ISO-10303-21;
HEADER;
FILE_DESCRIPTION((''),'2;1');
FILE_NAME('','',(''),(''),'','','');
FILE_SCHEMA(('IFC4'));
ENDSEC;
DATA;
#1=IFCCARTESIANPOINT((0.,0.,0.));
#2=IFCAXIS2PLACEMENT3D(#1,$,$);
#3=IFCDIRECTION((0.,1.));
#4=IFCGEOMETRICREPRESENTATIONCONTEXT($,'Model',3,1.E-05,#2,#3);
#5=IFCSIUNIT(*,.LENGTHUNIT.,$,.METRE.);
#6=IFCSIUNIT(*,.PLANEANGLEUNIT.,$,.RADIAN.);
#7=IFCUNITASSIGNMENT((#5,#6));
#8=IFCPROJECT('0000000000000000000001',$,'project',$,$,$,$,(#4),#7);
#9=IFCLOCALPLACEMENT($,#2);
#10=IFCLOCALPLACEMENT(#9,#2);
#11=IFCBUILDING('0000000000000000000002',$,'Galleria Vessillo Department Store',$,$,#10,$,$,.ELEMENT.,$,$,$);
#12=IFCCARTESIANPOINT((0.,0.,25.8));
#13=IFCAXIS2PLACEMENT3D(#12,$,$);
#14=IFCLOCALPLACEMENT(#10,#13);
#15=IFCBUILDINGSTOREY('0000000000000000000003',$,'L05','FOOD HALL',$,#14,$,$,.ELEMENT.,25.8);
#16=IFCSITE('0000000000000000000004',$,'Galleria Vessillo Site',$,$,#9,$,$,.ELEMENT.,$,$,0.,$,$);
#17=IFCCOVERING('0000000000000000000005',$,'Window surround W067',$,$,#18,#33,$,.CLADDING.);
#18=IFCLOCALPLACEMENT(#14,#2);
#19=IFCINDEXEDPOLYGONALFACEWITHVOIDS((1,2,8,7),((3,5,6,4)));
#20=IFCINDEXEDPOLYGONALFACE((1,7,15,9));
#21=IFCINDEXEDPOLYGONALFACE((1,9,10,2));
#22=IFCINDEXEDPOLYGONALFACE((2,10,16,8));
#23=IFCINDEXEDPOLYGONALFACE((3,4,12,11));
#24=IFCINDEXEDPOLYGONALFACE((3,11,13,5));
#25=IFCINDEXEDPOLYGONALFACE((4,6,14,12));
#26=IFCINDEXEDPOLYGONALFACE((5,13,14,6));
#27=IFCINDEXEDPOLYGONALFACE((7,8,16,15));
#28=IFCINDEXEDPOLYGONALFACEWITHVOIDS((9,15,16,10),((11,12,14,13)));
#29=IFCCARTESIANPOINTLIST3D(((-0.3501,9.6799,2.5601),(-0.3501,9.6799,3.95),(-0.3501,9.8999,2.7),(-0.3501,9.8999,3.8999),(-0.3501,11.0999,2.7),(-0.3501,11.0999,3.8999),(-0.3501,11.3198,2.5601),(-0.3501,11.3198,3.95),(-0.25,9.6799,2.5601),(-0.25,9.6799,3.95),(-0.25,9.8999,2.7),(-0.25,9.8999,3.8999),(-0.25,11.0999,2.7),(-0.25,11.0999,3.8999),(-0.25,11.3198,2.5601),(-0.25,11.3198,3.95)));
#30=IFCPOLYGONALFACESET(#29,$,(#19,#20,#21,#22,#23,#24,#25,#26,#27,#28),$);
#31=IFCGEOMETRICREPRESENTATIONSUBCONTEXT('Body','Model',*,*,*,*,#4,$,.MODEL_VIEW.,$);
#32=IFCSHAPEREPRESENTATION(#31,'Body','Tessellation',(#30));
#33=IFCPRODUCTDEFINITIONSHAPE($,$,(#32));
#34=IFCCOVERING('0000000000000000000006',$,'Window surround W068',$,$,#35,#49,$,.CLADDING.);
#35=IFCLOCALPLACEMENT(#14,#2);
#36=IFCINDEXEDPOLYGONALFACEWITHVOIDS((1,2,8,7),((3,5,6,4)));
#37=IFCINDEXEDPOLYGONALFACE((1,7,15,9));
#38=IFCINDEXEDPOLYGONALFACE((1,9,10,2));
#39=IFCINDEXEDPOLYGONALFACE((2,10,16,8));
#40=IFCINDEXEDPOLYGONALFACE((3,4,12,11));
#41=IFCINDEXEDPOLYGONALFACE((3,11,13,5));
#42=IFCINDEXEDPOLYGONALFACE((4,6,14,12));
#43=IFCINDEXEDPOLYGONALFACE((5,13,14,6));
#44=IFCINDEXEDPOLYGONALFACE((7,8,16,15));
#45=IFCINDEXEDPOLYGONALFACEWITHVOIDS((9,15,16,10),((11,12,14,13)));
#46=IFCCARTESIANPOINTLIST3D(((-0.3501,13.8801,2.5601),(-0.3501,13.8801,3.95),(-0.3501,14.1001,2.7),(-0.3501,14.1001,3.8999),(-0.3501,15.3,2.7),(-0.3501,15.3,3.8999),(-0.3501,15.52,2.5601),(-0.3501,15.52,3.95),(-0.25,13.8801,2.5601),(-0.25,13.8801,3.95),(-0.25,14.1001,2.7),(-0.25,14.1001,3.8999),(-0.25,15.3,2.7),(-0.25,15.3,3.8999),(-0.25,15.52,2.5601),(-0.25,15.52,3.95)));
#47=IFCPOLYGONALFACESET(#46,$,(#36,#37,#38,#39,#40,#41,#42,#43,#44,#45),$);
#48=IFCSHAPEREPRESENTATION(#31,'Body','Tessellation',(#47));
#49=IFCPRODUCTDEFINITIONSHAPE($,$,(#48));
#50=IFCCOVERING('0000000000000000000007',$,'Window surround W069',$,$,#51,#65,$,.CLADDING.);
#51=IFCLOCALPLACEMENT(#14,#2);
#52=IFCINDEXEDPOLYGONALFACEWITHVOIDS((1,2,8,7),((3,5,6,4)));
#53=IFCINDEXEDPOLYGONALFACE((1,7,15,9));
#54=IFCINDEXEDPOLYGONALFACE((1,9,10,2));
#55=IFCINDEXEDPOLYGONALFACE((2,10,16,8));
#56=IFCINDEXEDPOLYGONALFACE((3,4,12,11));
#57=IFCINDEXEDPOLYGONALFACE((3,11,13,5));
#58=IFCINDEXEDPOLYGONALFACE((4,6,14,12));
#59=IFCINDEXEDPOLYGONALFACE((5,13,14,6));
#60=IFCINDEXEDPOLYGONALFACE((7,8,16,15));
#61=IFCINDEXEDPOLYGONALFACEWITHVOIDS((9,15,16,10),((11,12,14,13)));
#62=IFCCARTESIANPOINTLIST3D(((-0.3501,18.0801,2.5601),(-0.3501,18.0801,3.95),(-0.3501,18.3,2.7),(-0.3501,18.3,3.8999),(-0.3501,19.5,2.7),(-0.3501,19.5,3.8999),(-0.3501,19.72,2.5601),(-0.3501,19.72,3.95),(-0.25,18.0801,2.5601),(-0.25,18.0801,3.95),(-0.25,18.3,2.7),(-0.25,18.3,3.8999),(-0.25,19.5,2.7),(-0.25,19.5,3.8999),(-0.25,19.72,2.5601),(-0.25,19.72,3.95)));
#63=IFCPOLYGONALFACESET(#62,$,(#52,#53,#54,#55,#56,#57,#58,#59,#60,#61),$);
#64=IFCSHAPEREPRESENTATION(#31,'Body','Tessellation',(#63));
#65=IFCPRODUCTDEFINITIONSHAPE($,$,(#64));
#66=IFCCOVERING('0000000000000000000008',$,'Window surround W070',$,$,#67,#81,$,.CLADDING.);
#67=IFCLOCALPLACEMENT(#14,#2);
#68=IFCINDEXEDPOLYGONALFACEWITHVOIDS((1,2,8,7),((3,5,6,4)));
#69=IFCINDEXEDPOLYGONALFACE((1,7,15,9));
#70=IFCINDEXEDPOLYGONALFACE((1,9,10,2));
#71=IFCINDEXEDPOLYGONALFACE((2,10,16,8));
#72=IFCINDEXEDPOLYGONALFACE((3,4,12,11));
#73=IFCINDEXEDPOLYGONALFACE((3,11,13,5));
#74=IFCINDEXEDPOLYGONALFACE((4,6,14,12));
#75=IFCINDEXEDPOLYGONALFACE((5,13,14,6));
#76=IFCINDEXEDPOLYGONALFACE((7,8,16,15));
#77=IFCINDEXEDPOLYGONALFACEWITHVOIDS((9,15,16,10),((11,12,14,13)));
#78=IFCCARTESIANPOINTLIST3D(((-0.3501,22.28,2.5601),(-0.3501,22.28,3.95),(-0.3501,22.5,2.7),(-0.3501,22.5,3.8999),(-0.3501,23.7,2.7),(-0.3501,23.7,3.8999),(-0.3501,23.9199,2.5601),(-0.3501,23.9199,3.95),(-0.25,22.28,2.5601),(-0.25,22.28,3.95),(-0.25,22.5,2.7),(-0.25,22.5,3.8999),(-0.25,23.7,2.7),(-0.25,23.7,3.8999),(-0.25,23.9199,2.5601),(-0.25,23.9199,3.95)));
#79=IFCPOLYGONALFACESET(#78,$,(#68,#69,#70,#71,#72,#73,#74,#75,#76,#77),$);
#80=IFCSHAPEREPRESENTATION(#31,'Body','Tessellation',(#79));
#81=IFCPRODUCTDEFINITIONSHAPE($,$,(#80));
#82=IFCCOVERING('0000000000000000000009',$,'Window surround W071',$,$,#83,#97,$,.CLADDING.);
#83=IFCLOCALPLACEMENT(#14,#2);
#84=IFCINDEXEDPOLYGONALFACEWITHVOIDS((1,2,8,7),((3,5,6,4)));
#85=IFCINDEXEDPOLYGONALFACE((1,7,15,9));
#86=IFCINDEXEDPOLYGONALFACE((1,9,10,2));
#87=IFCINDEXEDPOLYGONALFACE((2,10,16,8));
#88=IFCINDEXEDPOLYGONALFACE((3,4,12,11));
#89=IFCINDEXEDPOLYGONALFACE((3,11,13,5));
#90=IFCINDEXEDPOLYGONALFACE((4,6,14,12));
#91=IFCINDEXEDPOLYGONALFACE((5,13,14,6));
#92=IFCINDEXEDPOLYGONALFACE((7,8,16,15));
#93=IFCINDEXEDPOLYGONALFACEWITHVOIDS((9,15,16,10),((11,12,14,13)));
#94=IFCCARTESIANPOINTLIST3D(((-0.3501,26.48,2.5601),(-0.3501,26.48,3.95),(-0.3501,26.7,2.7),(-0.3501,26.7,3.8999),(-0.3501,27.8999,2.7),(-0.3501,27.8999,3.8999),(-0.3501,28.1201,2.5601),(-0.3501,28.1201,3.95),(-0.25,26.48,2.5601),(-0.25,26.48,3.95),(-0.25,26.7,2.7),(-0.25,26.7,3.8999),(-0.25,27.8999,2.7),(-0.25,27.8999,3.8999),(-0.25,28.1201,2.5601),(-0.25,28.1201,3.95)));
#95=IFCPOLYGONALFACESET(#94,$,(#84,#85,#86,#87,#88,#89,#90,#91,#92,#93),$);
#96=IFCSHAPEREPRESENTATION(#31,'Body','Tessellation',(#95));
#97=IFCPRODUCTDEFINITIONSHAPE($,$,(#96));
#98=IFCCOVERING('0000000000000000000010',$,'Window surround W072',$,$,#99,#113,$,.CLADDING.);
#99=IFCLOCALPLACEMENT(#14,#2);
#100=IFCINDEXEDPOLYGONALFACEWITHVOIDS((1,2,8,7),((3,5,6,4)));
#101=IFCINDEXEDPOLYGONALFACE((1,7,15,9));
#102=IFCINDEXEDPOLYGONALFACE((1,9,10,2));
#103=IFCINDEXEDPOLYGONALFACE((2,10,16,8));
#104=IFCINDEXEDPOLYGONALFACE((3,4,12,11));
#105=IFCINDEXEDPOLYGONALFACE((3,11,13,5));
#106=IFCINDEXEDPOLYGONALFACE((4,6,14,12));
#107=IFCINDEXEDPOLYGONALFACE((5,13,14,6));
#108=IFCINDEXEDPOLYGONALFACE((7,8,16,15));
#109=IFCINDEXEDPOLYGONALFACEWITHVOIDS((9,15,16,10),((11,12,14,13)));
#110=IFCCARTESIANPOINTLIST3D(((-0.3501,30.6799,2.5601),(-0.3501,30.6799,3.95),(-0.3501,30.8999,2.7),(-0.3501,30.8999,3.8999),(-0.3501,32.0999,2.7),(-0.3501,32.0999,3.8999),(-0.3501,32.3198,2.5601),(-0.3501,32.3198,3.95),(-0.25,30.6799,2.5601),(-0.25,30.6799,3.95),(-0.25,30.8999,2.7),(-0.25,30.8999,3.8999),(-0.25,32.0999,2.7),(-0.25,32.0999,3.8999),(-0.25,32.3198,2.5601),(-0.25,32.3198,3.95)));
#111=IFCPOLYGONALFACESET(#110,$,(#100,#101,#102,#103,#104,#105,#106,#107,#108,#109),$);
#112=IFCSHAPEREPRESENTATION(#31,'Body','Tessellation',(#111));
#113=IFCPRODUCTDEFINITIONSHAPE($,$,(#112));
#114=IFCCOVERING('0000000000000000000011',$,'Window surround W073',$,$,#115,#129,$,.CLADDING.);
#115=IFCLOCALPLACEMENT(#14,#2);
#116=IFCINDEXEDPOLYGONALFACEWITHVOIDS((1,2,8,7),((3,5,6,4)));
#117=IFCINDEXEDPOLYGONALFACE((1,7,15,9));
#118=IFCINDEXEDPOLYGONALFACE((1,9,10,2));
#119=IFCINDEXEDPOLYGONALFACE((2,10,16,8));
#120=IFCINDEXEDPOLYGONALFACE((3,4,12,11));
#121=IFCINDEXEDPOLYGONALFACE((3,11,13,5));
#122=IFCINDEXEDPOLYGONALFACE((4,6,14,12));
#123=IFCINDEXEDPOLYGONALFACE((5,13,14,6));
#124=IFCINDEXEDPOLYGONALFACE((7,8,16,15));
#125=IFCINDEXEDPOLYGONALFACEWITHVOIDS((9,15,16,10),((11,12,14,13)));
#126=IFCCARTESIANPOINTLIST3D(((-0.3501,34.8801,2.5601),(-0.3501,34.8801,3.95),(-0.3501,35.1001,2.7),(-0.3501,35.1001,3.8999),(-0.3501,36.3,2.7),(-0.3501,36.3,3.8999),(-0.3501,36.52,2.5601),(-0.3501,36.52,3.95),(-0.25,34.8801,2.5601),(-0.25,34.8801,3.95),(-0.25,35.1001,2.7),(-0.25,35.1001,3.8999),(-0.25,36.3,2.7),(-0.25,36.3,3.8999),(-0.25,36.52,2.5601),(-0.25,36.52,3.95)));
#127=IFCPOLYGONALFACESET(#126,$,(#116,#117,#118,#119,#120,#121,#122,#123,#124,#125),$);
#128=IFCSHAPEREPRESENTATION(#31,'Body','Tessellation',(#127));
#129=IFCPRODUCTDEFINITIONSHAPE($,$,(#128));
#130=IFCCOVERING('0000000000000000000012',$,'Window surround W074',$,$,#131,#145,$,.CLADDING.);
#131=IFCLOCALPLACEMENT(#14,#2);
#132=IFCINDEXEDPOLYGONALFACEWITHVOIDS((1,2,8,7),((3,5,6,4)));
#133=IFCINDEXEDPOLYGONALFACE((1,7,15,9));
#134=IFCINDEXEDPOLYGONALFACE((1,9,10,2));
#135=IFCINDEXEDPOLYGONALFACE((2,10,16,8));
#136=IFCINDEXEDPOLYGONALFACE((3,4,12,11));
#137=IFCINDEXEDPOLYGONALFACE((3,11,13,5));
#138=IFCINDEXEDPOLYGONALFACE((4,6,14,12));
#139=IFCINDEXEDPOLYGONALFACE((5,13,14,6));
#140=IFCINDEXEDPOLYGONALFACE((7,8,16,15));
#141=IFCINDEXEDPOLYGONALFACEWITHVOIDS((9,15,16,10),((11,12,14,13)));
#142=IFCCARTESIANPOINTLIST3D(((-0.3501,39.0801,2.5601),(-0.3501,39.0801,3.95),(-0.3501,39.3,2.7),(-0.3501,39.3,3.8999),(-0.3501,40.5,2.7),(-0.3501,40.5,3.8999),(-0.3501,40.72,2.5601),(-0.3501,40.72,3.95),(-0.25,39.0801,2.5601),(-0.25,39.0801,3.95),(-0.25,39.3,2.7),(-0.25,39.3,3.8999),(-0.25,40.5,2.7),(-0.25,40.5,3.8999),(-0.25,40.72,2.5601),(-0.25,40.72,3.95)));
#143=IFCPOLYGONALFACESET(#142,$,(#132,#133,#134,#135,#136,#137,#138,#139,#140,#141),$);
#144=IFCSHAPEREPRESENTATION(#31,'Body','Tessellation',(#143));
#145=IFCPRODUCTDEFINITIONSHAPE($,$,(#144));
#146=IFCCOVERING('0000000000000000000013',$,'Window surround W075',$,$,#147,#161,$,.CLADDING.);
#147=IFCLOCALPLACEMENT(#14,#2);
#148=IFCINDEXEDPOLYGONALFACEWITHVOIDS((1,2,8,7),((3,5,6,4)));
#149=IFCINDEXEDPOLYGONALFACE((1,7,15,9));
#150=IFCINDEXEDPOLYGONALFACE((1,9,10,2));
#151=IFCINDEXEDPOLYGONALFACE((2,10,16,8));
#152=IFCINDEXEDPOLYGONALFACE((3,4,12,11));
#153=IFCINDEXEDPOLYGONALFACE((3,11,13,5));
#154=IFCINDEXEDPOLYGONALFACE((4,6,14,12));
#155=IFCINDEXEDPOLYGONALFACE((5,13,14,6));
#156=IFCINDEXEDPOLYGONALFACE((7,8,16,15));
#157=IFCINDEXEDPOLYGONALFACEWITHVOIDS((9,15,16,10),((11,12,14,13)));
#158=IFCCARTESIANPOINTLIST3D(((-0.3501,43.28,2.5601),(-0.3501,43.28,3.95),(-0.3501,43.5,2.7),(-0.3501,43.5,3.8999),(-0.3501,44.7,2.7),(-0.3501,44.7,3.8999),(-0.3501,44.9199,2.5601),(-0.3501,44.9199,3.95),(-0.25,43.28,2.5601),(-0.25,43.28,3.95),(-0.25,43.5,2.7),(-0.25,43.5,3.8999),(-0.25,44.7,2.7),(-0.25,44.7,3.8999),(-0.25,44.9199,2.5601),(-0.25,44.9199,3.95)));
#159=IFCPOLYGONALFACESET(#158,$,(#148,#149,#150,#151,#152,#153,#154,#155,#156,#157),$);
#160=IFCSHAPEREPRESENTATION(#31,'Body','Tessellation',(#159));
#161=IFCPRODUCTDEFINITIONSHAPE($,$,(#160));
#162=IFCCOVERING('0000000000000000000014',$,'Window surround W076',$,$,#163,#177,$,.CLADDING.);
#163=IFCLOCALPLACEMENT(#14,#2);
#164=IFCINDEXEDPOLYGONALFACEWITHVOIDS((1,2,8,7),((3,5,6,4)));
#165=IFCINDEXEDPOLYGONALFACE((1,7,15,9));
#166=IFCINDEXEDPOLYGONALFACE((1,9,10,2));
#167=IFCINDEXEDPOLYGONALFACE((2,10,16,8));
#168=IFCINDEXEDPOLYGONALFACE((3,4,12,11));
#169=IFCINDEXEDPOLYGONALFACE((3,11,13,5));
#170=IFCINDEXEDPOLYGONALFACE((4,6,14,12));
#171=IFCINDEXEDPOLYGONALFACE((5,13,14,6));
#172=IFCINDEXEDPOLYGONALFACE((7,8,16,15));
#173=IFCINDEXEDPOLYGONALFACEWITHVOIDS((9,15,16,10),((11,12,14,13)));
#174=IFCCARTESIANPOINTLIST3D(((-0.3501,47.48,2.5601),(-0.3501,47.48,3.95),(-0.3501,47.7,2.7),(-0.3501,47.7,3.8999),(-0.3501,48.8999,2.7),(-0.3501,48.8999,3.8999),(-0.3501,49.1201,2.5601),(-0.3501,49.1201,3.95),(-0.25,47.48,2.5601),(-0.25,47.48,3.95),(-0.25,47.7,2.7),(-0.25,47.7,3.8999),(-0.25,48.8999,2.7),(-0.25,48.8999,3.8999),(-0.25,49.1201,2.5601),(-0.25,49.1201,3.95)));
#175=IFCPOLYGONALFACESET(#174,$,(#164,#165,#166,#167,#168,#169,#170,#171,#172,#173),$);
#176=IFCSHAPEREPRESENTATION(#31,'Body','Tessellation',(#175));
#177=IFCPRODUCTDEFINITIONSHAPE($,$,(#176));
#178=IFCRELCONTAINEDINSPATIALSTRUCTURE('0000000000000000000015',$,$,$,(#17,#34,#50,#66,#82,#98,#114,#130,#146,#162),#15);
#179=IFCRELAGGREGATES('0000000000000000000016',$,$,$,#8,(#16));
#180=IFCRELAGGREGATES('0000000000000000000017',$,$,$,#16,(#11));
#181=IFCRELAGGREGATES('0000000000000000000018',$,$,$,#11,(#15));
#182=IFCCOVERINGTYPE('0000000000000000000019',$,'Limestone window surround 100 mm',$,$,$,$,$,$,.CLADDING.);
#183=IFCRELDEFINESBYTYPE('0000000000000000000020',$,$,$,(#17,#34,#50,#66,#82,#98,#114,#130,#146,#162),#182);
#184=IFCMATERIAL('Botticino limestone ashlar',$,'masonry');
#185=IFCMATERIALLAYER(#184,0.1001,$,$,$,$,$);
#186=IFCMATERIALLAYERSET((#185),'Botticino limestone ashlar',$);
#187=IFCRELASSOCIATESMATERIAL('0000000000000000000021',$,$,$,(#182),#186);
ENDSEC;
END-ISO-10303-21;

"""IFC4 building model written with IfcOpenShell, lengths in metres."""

from ifc_helpers import new_model, si_unit, direction, frame, origin, place, context, subcontext, project, spatial, polyline, outline, extrude, material, layer, layer_set, type_object, element, save


model = new_model("IFC4")

# Units and contexts
model_context = context("Model", 3, precision=1e-05, world=origin(), true_north=direction((0.0, 1.0)))
body_context = subcontext(model_context, "Body", "Model", "MODEL_VIEW")
ifc_project = project(units=[si_unit("LENGTHUNIT", "METRE"), si_unit("PLANEANGLEUNIT", "RADIAN")], contexts=[model_context])

# Site, building, storey
site_placement = place(None, origin())
site = spatial("IfcSite", under=ifc_project, at=site_placement, Name="Galleria Vessillo Site", CompositionType="ELEMENT", RefElevation=0.0)
building_placement = place(site_placement, origin())
building = spatial("IfcBuilding", under=site, at=building_placement, Name="Galleria Vessillo Department Store", CompositionType="ELEMENT")
storey_placement = place(building_placement, frame((0.0, 0.0, 25.8)))
storey = spatial("IfcBuildingStorey", under=building, at=storey_placement, Name="L05", Description="FOOD HALL", CompositionType="ELEMENT", Elevation=25.8)

# Coverings
ifc_material_1 = material(Name="Botticino limestone ashlar", Category="masonry")
ifc_layer_1 = layer(ifc_material_1, 0.1001)
ifc_layer_set_1 = layer_set([ifc_layer_1], Name="Botticino limestone ashlar")
covering_type_1 = type_object("IfcCoveringType", Name="Limestone window surround 100 mm", PredefinedType="CLADDING", material=ifc_layer_set_1)
covering_1_placement = place(storey_placement, frame((-0.25, 0.0, 2.7), z_axis=(-1.0, 0.0, 0.0), x_axis=(0.0, -1.0, 0.0)))
element("IfcCovering", 1, at=covering_1_placement, inside=storey, type_object=covering_type_1, Name="Window surround W067", PredefinedType="CLADDING", context=body_context, shape_type="SweptSolid", body=[
    extrude(outline(polyline([(-9.6799, 1.25), (-11.3198, 1.25), (-11.3198, -0.1399), (-9.6799, -0.1399), (-9.6799, 1.25)]), holes=[polyline([(-9.8999, 1.2), (-11.0999, 1.2), (-11.0999, 0.0), (-9.8999, 0.0), (-9.8999, 1.2)])]), origin(), (0.0, 0.0, 1.0), 0.1001),
])
covering_2_placement = place(storey_placement, frame((-0.25, 0.0, 2.7), z_axis=(-1.0, 0.0, 0.0), x_axis=(0.0, -1.0, 0.0)))
element("IfcCovering", 2, at=covering_2_placement, inside=storey, type_object=covering_type_1, Name="Window surround W068", PredefinedType="CLADDING", context=body_context, shape_type="SweptSolid", body=[
    extrude(outline(polyline([(-13.8801, 1.25), (-15.52, 1.25), (-15.52, -0.1399), (-13.8801, -0.1399), (-13.8801, 1.25)]), holes=[polyline([(-14.1001, 1.2), (-15.3, 1.2), (-15.3, 0.0), (-14.1001, 0.0), (-14.1001, 1.2)])]), origin(), (0.0, 0.0, 1.0), 0.1001),
])
covering_3_placement = place(storey_placement, frame((-0.25, 0.0, 2.7), z_axis=(-1.0, 0.0, 0.0), x_axis=(0.0, -1.0, 0.0)))
element("IfcCovering", 3, at=covering_3_placement, inside=storey, type_object=covering_type_1, Name="Window surround W069", PredefinedType="CLADDING", context=body_context, shape_type="SweptSolid", body=[
    extrude(outline(polyline([(-18.0801, 1.25), (-19.72, 1.25), (-19.72, -0.1399), (-18.0801, -0.1399), (-18.0801, 1.25)]), holes=[polyline([(-18.3, 1.2), (-19.5, 1.2), (-19.5, 0.0), (-18.3, 0.0), (-18.3, 1.2)])]), origin(), (0.0, 0.0, 1.0), 0.1001),
])
covering_4_placement = place(storey_placement, frame((-0.25, 0.0, 2.7), z_axis=(-1.0, 0.0, 0.0), x_axis=(0.0, -1.0, 0.0)))
element("IfcCovering", 4, at=covering_4_placement, inside=storey, type_object=covering_type_1, Name="Window surround W070", PredefinedType="CLADDING", context=body_context, shape_type="SweptSolid", body=[
    extrude(outline(polyline([(-22.28, 1.25), (-23.9199, 1.25), (-23.9199, -0.1399), (-22.28, -0.1399), (-22.28, 1.25)]), holes=[polyline([(-22.5, 1.2), (-23.7, 1.2), (-23.7, 0.0), (-22.5, 0.0), (-22.5, 1.2)])]), origin(), (0.0, 0.0, 1.0), 0.1001),
])
covering_5_placement = place(storey_placement, frame((-0.25, 0.0, 2.7), z_axis=(-1.0, 0.0, 0.0), x_axis=(0.0, -1.0, 0.0)))
element("IfcCovering", 5, at=covering_5_placement, inside=storey, type_object=covering_type_1, Name="Window surround W071", PredefinedType="CLADDING", context=body_context, shape_type="SweptSolid", body=[
    extrude(outline(polyline([(-26.48, 1.25), (-28.1201, 1.25), (-28.1201, -0.1399), (-26.48, -0.1399), (-26.48, 1.25)]), holes=[polyline([(-26.7, 1.2), (-27.8999, 1.2), (-27.8999, 0.0), (-26.7, 0.0), (-26.7, 1.2)])]), origin(), (0.0, 0.0, 1.0), 0.1001),
])
covering_6_placement = place(storey_placement, frame((-0.25, 0.0, 2.7), z_axis=(-1.0, 0.0, 0.0), x_axis=(0.0, -1.0, 0.0)))
element("IfcCovering", 6, at=covering_6_placement, inside=storey, type_object=covering_type_1, Name="Window surround W072", PredefinedType="CLADDING", context=body_context, shape_type="SweptSolid", body=[
    extrude(outline(polyline([(-30.6799, 1.25), (-32.3198, 1.25), (-32.3198, -0.1399), (-30.6799, -0.1399), (-30.6799, 1.25)]), holes=[polyline([(-30.8999, 1.2), (-32.0999, 1.2), (-32.0999, 0.0), (-30.8999, 0.0), (-30.8999, 1.2)])]), origin(), (0.0, 0.0, 1.0), 0.1001),
])
covering_7_placement = place(storey_placement, frame((-0.25, 0.0, 2.7), z_axis=(-1.0, 0.0, 0.0), x_axis=(0.0, -1.0, 0.0)))
element("IfcCovering", 7, at=covering_7_placement, inside=storey, type_object=covering_type_1, Name="Window surround W073", PredefinedType="CLADDING", context=body_context, shape_type="SweptSolid", body=[
    extrude(outline(polyline([(-34.8801, 1.25), (-36.52, 1.25), (-36.52, -0.1399), (-34.8801, -0.1399), (-34.8801, 1.25)]), holes=[polyline([(-35.1001, 1.2), (-36.3, 1.2), (-36.3, 0.0), (-35.1001, 0.0), (-35.1001, 1.2)])]), origin(), (0.0, 0.0, 1.0), 0.1001),
])
covering_8_placement = place(storey_placement, frame((-0.25, 0.0, 2.7), z_axis=(-1.0, 0.0, 0.0), x_axis=(0.0, -1.0, 0.0)))
element("IfcCovering", 8, at=covering_8_placement, inside=storey, type_object=covering_type_1, Name="Window surround W074", PredefinedType="CLADDING", context=body_context, shape_type="SweptSolid", body=[
    extrude(outline(polyline([(-39.0801, 1.25), (-40.72, 1.25), (-40.72, -0.1399), (-39.0801, -0.1399), (-39.0801, 1.25)]), holes=[polyline([(-39.3, 1.2), (-40.5, 1.2), (-40.5, 0.0), (-39.3, 0.0), (-39.3, 1.2)])]), origin(), (0.0, 0.0, 1.0), 0.1001),
])
covering_9_placement = place(storey_placement, frame((-0.25, 0.0, 2.7), z_axis=(-1.0, 0.0, 0.0), x_axis=(0.0, -1.0, 0.0)))
element("IfcCovering", 9, at=covering_9_placement, inside=storey, type_object=covering_type_1, Name="Window surround W075", PredefinedType="CLADDING", context=body_context, shape_type="SweptSolid", body=[
    extrude(outline(polyline([(-43.28, 1.25), (-44.9199, 1.25), (-44.9199, -0.1399), (-43.28, -0.1399), (-43.28, 1.25)]), holes=[polyline([(-43.5, 1.2), (-44.7, 1.2), (-44.7, 0.0), (-43.5, 0.0), (-43.5, 1.2)])]), origin(), (0.0, 0.0, 1.0), 0.1001),
])
covering_10_placement = place(storey_placement, frame((-0.25, 0.0, 2.7), z_axis=(-1.0, 0.0, 0.0), x_axis=(0.0, -1.0, 0.0)))
element("IfcCovering", 10, at=covering_10_placement, inside=storey, type_object=covering_type_1, Name="Window surround W076", PredefinedType="CLADDING", context=body_context, shape_type="SweptSolid", body=[
    extrude(outline(polyline([(-47.48, 1.25), (-49.1201, 1.25), (-49.1201, -0.1399), (-47.48, -0.1399), (-47.48, 1.25)]), holes=[polyline([(-47.7, 1.2), (-48.8999, 1.2), (-48.8999, 0.0), (-47.7, 0.0), (-47.7, 1.2)])]), origin(), (0.0, 0.0, 1.0), 0.1001),
])

save(model, "model.ifc")
